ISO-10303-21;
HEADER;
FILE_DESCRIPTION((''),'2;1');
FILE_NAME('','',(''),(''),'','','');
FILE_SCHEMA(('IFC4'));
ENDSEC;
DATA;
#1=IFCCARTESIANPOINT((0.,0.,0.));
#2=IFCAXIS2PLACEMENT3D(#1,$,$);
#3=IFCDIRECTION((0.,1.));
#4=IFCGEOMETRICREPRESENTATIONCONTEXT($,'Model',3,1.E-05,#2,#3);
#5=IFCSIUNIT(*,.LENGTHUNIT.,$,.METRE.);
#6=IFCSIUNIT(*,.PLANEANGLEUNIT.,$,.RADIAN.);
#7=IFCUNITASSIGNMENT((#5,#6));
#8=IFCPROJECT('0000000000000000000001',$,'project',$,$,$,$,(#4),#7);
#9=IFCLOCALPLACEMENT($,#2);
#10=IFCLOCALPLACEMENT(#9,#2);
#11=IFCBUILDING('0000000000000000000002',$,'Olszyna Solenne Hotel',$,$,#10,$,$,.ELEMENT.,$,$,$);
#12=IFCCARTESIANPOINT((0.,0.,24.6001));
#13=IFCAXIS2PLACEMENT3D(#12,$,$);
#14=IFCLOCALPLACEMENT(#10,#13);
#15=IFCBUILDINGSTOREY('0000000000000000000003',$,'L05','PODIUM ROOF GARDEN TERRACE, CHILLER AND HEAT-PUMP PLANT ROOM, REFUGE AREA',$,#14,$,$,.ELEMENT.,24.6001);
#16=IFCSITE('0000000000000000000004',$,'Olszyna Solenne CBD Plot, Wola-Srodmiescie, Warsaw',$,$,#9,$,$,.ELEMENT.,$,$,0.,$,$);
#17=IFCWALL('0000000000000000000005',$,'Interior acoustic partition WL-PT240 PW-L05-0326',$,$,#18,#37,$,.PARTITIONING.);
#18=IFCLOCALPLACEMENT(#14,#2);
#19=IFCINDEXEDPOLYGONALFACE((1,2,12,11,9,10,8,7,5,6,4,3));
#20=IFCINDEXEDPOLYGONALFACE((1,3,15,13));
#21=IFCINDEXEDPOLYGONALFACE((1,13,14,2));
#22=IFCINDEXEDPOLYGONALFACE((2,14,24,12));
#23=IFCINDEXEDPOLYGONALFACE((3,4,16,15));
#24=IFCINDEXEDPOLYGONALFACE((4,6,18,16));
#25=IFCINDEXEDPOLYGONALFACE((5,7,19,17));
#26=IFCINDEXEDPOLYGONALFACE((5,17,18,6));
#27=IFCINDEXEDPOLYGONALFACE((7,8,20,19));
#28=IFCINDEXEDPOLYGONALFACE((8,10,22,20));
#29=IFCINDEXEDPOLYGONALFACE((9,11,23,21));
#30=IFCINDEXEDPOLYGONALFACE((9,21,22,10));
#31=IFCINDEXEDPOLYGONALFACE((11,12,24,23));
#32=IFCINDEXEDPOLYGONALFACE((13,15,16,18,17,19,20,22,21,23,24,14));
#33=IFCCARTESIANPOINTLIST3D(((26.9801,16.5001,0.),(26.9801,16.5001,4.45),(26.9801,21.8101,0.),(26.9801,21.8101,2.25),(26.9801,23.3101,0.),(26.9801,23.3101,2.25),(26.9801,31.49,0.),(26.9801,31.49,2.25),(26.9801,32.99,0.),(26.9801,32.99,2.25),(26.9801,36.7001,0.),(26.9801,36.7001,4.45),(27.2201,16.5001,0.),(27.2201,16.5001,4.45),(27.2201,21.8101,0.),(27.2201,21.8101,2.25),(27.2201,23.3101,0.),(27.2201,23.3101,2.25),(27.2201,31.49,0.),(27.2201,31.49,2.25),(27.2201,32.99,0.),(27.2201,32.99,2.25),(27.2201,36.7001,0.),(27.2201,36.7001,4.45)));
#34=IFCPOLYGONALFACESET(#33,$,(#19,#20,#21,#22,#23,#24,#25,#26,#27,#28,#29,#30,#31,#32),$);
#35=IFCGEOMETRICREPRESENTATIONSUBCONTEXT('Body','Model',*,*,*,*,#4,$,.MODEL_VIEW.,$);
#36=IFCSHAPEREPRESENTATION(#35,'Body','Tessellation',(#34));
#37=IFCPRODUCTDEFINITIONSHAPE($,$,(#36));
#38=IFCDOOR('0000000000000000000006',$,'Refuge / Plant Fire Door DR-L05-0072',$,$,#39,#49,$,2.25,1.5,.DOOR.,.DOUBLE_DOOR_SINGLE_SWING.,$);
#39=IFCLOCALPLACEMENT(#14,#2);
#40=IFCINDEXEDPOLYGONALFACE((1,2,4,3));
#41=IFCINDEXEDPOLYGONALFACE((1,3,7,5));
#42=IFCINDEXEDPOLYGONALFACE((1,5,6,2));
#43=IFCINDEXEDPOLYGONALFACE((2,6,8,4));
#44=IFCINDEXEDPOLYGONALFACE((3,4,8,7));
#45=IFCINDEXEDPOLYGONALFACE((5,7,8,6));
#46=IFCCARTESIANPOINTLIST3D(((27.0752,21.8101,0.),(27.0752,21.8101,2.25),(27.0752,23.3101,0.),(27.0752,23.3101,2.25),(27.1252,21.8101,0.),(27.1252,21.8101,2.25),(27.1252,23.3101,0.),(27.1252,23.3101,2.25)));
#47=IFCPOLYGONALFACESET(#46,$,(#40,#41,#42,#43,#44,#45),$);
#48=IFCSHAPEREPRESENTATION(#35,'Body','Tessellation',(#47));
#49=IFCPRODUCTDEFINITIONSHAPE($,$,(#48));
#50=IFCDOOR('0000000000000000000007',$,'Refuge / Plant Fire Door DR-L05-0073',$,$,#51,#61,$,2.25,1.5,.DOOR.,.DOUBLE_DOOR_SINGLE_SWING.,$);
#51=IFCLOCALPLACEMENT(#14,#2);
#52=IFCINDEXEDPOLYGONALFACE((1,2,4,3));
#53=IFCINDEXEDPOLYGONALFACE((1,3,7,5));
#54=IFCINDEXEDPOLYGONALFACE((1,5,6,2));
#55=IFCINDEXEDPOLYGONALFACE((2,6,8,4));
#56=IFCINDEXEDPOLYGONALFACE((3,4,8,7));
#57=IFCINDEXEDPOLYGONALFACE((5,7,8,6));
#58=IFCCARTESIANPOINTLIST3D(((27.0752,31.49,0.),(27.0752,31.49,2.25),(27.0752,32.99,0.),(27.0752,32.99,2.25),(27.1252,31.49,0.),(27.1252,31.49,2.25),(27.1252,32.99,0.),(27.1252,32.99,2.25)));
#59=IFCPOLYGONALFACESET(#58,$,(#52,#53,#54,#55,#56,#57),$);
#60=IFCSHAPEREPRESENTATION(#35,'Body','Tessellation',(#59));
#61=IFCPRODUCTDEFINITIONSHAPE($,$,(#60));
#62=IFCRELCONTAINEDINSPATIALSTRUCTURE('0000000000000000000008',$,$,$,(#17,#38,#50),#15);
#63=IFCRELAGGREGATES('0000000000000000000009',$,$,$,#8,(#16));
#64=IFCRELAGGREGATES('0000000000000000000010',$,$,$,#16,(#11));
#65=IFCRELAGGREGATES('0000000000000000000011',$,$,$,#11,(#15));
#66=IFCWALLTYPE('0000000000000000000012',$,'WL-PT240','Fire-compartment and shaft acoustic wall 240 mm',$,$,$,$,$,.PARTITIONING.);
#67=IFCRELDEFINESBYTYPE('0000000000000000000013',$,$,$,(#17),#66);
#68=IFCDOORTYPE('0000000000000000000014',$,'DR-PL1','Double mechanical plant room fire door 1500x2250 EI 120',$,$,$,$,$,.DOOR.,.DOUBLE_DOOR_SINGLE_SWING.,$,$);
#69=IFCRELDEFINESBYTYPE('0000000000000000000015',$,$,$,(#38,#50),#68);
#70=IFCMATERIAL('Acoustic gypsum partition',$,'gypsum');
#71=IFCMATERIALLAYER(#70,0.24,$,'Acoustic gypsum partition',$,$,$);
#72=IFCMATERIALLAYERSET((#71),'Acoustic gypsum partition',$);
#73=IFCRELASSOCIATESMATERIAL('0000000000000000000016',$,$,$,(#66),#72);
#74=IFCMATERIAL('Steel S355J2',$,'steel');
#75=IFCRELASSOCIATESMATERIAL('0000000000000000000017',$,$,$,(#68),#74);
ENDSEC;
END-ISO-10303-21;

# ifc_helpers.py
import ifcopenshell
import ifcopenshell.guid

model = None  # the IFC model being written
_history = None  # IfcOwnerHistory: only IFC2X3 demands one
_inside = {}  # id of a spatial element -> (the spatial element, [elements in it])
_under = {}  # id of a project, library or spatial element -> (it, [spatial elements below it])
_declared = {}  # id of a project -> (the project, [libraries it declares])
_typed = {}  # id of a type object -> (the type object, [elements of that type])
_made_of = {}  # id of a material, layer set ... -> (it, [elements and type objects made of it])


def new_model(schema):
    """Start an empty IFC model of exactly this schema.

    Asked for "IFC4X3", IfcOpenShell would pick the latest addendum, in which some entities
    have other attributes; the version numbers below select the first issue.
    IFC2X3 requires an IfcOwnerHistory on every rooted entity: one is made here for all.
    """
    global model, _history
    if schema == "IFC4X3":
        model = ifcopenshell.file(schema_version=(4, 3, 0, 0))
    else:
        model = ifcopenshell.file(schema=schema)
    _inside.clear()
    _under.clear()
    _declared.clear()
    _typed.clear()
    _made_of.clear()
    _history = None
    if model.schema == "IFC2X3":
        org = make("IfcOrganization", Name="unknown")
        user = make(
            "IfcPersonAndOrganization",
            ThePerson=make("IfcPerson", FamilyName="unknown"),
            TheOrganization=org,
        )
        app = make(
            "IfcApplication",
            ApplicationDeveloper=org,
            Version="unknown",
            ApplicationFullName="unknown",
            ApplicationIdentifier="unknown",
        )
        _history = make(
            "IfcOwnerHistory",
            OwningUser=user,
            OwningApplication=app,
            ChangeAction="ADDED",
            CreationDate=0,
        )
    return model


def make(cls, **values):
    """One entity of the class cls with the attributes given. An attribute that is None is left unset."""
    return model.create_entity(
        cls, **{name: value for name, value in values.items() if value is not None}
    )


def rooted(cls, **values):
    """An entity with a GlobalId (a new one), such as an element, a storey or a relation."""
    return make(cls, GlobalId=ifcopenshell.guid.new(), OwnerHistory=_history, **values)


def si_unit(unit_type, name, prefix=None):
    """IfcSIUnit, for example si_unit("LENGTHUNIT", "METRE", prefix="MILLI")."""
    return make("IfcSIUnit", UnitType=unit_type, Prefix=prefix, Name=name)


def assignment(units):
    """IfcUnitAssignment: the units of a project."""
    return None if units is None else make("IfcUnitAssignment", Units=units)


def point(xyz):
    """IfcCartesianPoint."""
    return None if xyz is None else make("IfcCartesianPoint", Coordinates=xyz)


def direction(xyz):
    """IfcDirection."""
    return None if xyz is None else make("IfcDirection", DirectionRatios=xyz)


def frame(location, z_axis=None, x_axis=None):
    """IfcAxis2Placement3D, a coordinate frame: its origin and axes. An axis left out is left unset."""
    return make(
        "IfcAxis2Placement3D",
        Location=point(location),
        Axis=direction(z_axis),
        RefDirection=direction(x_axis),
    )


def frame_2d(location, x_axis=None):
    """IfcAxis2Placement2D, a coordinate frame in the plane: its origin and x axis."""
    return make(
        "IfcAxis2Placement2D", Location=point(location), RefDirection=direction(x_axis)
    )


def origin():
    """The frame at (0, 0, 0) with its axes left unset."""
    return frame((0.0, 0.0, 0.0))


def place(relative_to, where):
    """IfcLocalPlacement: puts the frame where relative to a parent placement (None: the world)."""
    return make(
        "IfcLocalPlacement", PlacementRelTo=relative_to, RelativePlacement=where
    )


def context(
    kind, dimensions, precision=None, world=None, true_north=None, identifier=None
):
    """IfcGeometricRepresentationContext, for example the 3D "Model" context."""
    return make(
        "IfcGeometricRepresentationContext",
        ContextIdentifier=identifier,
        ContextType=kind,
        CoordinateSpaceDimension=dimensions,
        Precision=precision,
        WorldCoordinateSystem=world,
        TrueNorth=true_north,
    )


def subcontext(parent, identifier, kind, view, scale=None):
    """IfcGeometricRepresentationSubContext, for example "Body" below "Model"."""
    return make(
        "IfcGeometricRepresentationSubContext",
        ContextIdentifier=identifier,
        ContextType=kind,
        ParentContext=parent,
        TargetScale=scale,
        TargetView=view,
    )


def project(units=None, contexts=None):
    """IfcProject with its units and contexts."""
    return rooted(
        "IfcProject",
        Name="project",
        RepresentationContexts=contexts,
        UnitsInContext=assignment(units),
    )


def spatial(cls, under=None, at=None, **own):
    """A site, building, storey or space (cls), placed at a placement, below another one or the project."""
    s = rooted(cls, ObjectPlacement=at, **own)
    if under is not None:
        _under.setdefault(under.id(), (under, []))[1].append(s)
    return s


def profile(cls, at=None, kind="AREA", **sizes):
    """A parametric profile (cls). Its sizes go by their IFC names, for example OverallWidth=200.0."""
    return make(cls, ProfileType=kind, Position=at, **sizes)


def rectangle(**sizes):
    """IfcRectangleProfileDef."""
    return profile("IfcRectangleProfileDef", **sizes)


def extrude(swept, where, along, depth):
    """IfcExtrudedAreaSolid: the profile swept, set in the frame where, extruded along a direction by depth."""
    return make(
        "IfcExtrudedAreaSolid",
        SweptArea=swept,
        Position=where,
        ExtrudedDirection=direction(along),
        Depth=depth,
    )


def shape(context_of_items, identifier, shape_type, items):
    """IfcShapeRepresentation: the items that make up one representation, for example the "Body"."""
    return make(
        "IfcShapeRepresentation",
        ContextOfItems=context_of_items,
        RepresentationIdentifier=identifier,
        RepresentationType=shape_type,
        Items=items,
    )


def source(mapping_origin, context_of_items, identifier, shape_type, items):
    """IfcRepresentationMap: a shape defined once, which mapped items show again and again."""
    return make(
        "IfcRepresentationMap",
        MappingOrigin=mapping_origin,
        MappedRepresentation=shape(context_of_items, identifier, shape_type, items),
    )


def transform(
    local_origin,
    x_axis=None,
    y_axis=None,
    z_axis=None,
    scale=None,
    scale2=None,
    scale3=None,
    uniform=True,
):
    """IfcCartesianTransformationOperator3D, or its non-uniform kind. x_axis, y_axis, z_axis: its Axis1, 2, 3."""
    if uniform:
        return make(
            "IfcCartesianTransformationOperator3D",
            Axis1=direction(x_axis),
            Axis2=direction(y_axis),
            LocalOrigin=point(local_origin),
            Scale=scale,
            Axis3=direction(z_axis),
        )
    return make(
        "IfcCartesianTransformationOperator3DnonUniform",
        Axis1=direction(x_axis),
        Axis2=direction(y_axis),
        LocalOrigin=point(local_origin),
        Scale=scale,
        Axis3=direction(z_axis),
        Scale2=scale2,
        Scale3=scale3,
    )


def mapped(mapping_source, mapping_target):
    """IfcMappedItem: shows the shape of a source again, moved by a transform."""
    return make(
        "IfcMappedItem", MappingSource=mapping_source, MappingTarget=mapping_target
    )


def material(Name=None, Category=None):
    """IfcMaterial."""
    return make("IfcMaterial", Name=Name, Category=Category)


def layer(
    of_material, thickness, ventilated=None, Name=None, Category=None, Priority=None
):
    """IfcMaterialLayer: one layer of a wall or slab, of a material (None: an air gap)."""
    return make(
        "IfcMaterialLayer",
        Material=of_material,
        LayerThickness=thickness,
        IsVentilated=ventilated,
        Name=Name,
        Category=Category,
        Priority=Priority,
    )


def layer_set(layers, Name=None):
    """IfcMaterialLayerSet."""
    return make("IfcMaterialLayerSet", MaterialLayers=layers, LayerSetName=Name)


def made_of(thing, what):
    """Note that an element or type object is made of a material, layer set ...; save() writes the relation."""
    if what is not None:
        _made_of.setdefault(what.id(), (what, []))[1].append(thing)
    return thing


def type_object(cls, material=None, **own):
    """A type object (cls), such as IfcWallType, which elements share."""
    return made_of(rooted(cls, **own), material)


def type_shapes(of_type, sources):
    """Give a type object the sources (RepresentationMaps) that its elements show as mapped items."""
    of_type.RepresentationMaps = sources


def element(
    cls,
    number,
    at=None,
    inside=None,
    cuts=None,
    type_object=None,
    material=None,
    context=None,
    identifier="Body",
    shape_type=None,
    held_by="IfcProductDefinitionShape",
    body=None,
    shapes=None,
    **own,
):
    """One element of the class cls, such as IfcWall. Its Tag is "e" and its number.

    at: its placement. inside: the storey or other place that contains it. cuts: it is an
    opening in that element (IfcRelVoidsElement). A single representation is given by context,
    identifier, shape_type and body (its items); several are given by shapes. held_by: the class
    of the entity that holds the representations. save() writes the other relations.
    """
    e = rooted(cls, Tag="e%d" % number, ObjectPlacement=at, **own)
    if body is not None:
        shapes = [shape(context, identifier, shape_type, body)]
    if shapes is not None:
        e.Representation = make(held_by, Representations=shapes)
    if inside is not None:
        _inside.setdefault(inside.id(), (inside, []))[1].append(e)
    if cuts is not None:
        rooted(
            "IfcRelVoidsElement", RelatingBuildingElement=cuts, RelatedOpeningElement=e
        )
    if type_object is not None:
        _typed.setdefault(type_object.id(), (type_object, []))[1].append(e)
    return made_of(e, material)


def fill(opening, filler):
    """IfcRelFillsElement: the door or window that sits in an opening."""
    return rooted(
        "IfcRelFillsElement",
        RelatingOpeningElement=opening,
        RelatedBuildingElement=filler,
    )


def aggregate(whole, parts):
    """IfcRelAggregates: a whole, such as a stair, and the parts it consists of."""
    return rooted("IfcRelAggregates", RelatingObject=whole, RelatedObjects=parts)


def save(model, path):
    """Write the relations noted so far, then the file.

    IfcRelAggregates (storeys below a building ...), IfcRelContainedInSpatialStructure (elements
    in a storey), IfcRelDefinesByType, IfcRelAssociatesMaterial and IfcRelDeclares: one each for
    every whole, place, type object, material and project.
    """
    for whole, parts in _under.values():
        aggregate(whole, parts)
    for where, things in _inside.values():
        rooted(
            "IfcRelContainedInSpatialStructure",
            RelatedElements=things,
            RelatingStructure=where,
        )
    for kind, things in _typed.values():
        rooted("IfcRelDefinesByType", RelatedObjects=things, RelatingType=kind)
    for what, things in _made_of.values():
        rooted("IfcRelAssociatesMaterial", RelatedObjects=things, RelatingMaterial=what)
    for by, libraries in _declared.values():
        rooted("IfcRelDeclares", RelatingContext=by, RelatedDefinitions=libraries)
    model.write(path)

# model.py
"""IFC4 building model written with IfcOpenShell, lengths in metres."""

from ifc_helpers import new_model, si_unit, direction, frame, frame_2d, origin, place, context, subcontext, project, spatial, rectangle, extrude, source, transform, mapped, material, layer, layer_set, type_object, type_shapes, element, fill, save


model = new_model("IFC4")

# Units and contexts
model_context = context("Model", 3, precision=1e-05, world=origin(), true_north=direction((0.0, 1.0)))
body_context = subcontext(model_context, "Body", "Model", "MODEL_VIEW")
ifc_project = project(units=[si_unit("LENGTHUNIT", "METRE"), si_unit("PLANEANGLEUNIT", "RADIAN")], contexts=[model_context])

# Site, building, storey
site_placement = place(None, origin())
site = spatial("IfcSite", under=ifc_project, at=site_placement, Name="Olszyna Solenne CBD Plot, Wola-Srodmiescie, Warsaw", CompositionType="ELEMENT", RefElevation=0.0)
building_placement = place(site_placement, origin())
building = spatial("IfcBuilding", under=site, at=building_placement, Name="Olszyna Solenne Hotel", CompositionType="ELEMENT")
storey_placement = place(building_placement, frame((0.0, 0.0, 24.6001)))
storey = spatial("IfcBuildingStorey", under=building, at=storey_placement, Name="L05", Description="PODIUM ROOF GARDEN TERRACE, CHILLER AND HEAT-PUMP PLANT ROOM, REFUGE AREA", CompositionType="ELEMENT", Elevation=24.6001)

# Shared definitions
ifc_material_1 = material(Name="Steel S355J2", Category="steel")

# Wall, openings, doors
ifc_material_2 = material(Name="Acoustic gypsum partition", Category="gypsum")
ifc_layer_1 = layer(ifc_material_2, 0.24, Name="Acoustic gypsum partition")
ifc_layer_set_1 = layer_set([ifc_layer_1], Name="Acoustic gypsum partition")
wall_type_1 = type_object("IfcWallType", Name="WL-PT240", Description="Fire-compartment and shaft acoustic wall 240 mm", PredefinedType="PARTITIONING", material=ifc_layer_set_1)
door_type_1 = type_object("IfcDoorType", Name="DR-PL1", Description="Double mechanical plant room fire door 1500x2250 EI 120", OperationType="DOUBLE_DOOR_SINGLE_SWING", PredefinedType="DOOR", material=ifc_material_1)
shared_shape_1 = source(origin(), body_context, "Body", "SweptSolid", [
    extrude(rectangle(XDim=1.5, YDim=2.25, at=frame_2d((0.75, 1.125))), frame((0.0, 0.0249, 0.0), z_axis=(0.0, -1.0, 0.0), x_axis=(1.0, 0.0, 0.0)), (0.0, 0.0, 1.0), 0.05),
])
type_shapes(door_type_1, [shared_shape_1])
wall_1_placement = place(storey_placement, frame((27.1001, 16.5, 0.0), z_axis=(0.0, 0.0, 1.0), x_axis=(0.0, 1.0, 0.0)))
wall_1 = element("IfcWall", 1, at=wall_1_placement, inside=storey, type_object=wall_type_1, Name="Interior acoustic partition WL-PT240 PW-L05-0326", PredefinedType="PARTITIONING", context=body_context, shape_type="SweptSolid", body=[
    extrude(rectangle(XDim=20.2, YDim=0.24, at=frame_2d((10.1001, 0.0))), origin(), (0.0, 0.0, 1.0), 4.45),
])
opening_1_placement = place(wall_1_placement, frame((5.3101, 0.0, 0.0)))
opening_1 = element("IfcOpeningElement", 2, at=opening_1_placement, cuts=wall_1, PredefinedType="OPENING", context=body_context, shape_type="SweptSolid", body=[
    extrude(rectangle(XDim=1.5, YDim=2.25, at=frame_2d((0.75, 1.125))), frame((0.0, 0.1299, 0.0), z_axis=(0.0, -1.0, 0.0), x_axis=(1.0, 0.0, 0.0)), (0.0, 0.0, 1.0), 0.26),
])
opening_2_placement = place(wall_1_placement, frame((14.99, 0.0, 0.0)))
opening_2 = element("IfcOpeningElement", 3, at=opening_2_placement, cuts=wall_1, PredefinedType="OPENING", context=body_context, shape_type="SweptSolid", body=[
    extrude(rectangle(XDim=1.5, YDim=2.25, at=frame_2d((0.75, 1.125))), frame((0.0, 0.1299, 0.0), z_axis=(0.0, -1.0, 0.0), x_axis=(1.0, 0.0, 0.0)), (0.0, 0.0, 1.0), 0.26),
])
door_1_placement = place(opening_1_placement, origin())
door_1 = element("IfcDoor", 4, at=door_1_placement, inside=storey, type_object=door_type_1, Name="Refuge / Plant Fire Door DR-L05-0072", OperationType="DOUBLE_DOOR_SINGLE_SWING", OverallHeight=2.25, OverallWidth=1.5, PredefinedType="DOOR", context=body_context, shape_type="MappedRepresentation", body=[
    mapped(shared_shape_1, transform((0.0, 0.0, 0.0), x_axis=(1.0, 0.0, 0.0), y_axis=(0.0, 1.0, 0.0), z_axis=(0.0, 0.0, 1.0), scale=1.0)),
])
fill(opening_1, door_1)
door_2_placement = place(opening_2_placement, origin())
door_2 = element("IfcDoor", 5, at=door_2_placement, inside=storey, type_object=door_type_1, Name="Refuge / Plant Fire Door DR-L05-0073", OperationType="DOUBLE_DOOR_SINGLE_SWING", OverallHeight=2.25, OverallWidth=1.5, PredefinedType="DOOR", context=body_context, shape_type="MappedRepresentation", body=[
    mapped(shared_shape_1, transform((0.0, 0.0, 0.0), x_axis=(1.0, 0.0, 0.0), y_axis=(0.0, 1.0, 0.0), z_axis=(0.0, 0.0, 1.0), scale=1.0)),
])
fill(opening_2, door_2)

save(model, "model.ifc")
